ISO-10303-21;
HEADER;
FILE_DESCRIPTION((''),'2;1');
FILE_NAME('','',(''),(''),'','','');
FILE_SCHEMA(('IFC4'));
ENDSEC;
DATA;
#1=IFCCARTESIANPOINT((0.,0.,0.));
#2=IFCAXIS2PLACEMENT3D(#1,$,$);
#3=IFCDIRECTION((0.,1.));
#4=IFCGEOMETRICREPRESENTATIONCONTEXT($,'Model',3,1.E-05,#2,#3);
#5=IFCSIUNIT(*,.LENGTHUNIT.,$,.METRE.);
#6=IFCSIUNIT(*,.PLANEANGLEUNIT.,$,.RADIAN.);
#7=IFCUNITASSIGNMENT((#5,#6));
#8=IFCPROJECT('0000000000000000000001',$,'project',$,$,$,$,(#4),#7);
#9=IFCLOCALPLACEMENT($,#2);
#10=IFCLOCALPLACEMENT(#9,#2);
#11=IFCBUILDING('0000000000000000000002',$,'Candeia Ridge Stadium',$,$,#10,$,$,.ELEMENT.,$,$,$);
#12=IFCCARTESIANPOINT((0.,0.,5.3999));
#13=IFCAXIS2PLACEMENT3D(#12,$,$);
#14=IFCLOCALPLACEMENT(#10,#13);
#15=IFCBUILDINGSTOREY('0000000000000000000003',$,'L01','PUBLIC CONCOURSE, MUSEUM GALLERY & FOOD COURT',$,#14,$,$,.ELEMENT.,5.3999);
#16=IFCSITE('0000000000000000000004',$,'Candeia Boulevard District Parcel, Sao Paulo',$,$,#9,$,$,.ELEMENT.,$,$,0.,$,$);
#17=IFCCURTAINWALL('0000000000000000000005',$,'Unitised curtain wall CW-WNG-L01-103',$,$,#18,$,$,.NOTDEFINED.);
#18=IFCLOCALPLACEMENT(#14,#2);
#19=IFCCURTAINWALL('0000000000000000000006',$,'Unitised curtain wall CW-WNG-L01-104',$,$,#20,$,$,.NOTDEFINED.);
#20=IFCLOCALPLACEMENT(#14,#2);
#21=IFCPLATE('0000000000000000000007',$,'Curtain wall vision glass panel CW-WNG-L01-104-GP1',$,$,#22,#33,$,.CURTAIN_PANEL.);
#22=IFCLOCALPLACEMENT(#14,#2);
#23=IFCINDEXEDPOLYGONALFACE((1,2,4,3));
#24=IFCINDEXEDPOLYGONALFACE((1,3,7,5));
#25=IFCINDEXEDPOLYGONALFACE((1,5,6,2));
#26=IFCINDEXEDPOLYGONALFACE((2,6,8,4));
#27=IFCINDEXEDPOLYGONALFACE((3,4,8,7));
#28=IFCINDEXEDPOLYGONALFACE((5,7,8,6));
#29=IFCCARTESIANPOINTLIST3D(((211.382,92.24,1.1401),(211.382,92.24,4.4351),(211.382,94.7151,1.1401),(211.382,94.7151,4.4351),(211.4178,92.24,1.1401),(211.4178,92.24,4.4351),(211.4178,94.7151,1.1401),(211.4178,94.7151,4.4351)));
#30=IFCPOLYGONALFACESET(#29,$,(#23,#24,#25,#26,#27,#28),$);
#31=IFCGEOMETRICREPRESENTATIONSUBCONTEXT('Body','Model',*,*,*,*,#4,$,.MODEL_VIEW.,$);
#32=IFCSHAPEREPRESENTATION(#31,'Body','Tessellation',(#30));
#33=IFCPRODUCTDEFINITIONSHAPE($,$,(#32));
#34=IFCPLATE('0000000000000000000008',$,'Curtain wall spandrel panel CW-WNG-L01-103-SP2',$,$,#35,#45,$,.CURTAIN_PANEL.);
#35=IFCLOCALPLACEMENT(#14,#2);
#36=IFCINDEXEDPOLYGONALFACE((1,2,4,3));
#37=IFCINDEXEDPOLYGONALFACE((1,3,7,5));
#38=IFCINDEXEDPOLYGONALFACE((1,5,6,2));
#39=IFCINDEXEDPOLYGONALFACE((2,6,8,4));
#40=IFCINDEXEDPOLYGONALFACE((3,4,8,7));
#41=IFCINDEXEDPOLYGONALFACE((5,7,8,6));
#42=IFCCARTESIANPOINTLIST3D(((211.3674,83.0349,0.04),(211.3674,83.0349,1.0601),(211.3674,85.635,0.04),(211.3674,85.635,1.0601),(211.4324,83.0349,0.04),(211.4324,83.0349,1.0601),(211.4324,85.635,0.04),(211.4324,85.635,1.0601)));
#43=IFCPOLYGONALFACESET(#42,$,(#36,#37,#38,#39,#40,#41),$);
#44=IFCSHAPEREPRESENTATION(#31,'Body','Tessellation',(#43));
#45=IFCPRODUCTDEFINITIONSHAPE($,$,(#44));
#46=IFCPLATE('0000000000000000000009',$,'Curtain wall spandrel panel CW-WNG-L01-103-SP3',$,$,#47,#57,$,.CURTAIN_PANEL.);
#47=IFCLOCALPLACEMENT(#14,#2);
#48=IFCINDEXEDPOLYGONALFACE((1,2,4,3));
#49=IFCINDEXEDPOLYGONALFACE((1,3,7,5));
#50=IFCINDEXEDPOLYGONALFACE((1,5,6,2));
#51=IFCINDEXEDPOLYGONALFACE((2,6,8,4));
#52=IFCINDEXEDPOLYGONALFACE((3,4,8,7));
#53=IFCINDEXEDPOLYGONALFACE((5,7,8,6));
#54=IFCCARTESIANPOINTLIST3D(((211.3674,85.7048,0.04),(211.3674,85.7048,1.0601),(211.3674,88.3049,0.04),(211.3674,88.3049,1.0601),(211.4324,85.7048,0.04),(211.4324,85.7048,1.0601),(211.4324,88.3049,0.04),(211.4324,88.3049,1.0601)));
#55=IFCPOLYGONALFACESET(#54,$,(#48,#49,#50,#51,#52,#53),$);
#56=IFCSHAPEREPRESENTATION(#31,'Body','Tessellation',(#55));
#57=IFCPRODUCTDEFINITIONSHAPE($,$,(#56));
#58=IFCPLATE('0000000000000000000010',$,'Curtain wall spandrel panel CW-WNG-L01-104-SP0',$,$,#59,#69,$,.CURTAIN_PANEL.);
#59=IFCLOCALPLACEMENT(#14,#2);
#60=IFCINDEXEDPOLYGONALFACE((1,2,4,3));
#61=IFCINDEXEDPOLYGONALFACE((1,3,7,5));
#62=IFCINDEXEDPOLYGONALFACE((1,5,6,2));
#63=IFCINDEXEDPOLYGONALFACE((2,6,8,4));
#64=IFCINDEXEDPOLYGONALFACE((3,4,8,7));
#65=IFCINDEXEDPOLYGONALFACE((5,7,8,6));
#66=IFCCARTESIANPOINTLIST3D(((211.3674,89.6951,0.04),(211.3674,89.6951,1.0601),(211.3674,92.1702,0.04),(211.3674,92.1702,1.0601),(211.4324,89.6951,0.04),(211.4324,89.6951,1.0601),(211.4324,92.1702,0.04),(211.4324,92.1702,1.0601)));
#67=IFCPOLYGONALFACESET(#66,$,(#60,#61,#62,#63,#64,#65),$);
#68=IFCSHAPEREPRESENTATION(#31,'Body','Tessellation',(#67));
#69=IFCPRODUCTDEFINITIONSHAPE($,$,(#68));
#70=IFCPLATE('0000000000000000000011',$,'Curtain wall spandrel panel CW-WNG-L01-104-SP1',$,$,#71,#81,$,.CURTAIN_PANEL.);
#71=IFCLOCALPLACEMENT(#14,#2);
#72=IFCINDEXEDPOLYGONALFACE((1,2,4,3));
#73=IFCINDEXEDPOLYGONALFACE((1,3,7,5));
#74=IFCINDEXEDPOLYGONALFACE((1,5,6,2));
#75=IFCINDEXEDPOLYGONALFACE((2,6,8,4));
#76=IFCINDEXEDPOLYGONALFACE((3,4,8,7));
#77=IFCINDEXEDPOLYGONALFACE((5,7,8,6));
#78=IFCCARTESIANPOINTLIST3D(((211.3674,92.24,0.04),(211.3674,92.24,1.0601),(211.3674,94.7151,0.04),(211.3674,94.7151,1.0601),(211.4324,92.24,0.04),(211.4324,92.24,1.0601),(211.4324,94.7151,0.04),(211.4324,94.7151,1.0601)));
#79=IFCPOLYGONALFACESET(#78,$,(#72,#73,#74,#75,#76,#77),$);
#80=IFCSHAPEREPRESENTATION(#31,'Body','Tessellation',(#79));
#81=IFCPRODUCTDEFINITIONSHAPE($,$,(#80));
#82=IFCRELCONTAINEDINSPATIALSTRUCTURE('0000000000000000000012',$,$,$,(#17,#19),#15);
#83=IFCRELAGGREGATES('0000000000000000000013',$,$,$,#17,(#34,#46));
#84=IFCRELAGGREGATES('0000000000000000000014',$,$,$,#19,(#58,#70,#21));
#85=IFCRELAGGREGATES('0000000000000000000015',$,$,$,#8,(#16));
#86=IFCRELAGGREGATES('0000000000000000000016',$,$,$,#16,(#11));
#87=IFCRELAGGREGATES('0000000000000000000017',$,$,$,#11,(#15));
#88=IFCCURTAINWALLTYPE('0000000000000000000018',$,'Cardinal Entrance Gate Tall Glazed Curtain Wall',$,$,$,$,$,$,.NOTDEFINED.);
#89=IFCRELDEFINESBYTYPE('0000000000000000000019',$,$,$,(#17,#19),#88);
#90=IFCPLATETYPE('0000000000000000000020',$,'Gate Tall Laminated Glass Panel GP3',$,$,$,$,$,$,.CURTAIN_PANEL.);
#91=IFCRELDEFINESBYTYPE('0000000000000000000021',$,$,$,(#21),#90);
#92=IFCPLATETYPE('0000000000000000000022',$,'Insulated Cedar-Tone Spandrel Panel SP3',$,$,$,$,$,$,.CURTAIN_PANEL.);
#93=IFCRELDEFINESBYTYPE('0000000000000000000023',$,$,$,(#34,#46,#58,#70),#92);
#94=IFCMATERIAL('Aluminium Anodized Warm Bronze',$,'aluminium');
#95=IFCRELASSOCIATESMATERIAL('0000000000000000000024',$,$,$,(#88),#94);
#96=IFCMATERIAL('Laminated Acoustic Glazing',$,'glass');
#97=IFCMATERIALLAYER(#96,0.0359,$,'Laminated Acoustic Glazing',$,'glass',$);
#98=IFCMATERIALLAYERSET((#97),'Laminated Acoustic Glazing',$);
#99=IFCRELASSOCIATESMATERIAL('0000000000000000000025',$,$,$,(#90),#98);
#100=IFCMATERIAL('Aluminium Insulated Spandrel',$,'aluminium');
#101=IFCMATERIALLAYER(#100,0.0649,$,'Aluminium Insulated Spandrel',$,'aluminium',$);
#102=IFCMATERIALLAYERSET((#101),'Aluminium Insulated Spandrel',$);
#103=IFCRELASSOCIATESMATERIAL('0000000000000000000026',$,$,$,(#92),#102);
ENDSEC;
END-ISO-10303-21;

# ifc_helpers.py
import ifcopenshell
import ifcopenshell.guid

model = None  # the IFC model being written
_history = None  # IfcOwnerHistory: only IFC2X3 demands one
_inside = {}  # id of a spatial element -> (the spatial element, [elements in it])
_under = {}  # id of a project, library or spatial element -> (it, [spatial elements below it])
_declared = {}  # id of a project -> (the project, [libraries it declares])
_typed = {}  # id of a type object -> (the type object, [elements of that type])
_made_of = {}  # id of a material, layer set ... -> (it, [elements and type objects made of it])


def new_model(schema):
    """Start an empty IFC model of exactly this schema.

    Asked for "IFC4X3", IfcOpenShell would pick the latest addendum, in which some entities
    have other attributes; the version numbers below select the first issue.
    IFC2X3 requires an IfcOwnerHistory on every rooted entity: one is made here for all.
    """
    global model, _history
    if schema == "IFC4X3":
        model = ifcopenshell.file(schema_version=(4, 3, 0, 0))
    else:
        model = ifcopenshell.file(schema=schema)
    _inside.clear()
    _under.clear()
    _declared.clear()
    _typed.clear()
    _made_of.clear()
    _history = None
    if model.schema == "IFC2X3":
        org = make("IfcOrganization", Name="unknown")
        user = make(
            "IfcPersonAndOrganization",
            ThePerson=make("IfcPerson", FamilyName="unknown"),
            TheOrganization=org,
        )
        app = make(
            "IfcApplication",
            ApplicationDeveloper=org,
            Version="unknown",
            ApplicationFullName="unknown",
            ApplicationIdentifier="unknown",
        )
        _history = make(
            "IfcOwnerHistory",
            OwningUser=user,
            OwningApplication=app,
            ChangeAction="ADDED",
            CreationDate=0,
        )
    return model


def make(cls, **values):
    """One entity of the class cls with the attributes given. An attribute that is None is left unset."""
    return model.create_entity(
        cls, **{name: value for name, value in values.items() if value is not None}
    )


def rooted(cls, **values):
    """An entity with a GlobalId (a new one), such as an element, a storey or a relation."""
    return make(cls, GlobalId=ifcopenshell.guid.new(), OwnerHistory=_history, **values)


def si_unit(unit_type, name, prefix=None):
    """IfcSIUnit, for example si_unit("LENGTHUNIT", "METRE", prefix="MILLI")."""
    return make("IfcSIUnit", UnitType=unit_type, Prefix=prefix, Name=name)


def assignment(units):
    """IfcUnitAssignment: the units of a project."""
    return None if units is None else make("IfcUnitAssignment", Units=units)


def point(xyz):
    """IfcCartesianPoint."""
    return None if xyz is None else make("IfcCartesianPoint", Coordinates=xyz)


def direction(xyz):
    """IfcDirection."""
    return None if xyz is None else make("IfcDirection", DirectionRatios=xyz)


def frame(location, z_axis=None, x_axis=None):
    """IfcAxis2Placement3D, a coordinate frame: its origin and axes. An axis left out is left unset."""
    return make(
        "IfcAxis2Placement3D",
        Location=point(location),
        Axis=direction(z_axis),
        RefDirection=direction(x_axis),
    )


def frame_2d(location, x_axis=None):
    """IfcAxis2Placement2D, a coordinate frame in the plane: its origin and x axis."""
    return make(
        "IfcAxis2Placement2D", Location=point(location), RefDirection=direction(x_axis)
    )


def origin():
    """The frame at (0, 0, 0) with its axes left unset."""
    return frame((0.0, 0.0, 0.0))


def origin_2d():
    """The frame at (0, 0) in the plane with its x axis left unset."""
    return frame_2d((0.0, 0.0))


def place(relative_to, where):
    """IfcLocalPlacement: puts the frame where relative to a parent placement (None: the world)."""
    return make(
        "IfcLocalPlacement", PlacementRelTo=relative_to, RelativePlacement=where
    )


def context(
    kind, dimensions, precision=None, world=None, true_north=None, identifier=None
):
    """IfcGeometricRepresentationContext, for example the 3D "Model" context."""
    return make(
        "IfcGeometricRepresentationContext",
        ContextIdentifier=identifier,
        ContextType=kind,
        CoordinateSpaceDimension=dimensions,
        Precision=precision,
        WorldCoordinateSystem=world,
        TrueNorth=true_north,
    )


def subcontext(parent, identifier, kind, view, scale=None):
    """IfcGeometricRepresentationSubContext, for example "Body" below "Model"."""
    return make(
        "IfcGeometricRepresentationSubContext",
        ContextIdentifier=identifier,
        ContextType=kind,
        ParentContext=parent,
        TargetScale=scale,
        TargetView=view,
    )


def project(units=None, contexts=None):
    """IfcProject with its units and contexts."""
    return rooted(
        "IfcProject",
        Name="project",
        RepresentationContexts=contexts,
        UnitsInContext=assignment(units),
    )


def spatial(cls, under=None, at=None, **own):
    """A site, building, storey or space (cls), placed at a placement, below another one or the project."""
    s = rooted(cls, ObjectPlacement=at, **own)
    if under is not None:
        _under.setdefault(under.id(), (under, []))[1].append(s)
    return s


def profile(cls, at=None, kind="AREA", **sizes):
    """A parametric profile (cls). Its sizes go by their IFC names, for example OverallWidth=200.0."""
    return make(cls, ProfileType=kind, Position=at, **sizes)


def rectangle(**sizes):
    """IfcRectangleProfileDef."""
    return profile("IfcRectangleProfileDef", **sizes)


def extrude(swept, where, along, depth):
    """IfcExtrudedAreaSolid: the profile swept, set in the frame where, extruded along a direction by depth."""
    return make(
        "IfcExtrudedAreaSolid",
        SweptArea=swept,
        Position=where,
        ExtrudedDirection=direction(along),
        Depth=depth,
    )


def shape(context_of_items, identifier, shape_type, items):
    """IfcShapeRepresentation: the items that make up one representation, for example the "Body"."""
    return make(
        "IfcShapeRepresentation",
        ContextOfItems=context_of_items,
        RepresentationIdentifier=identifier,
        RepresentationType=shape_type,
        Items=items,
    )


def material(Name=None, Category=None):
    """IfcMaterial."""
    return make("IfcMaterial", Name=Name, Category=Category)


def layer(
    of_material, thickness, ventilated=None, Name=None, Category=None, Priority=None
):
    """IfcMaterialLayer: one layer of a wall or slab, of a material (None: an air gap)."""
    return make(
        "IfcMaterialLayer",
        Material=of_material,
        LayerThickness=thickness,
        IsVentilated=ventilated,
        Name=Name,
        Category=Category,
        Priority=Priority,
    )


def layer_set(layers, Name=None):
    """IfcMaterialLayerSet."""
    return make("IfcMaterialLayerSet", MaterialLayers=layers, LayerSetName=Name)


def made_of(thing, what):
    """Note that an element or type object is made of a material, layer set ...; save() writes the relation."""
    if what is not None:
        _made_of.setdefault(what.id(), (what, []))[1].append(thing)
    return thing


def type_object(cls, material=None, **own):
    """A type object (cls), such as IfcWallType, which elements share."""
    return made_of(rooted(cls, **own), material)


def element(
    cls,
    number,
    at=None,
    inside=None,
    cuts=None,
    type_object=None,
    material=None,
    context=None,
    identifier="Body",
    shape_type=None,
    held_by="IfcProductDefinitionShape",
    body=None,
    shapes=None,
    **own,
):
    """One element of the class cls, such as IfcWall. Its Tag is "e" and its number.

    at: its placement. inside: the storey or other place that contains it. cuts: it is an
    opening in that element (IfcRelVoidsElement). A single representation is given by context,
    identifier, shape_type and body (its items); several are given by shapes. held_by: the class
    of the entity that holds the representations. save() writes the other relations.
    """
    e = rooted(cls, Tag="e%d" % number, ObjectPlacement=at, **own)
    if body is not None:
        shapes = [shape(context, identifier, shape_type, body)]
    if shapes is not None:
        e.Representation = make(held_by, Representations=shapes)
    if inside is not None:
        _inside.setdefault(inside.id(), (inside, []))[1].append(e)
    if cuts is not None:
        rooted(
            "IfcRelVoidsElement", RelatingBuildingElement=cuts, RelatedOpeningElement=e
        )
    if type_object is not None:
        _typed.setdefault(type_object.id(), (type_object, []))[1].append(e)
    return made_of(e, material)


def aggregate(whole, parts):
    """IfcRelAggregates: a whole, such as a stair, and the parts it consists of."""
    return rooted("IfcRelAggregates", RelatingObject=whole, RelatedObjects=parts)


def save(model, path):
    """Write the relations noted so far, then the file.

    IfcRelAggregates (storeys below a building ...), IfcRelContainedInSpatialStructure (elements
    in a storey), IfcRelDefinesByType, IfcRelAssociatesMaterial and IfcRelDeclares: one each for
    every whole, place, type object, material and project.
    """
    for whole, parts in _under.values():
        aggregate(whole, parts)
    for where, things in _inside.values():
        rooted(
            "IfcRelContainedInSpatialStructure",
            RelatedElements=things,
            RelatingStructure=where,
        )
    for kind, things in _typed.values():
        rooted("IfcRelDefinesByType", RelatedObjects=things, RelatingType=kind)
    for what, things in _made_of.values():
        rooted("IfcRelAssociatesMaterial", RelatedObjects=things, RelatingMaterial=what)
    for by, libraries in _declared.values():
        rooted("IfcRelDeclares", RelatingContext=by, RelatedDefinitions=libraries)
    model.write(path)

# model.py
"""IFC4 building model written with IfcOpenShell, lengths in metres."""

from ifc_helpers import new_model, si_unit, direction, frame, origin, origin_2d, place, context, subcontext, project, spatial, rectangle, extrude, material, layer, layer_set, type_object, element, aggregate, save


model = new_model("IFC4")

# Units and contexts
model_context = context("Model", 3, precision=1e-05, world=origin(), true_north=direction((0.0, 1.0)))
body_context = subcontext(model_context, "Body", "Model", "MODEL_VIEW")
ifc_project = project(units=[si_unit("LENGTHUNIT", "METRE"), si_unit("PLANEANGLEUNIT", "RADIAN")], contexts=[model_context])

# Site, building, storey
site_placement = place(None, origin())
site = spatial("IfcSite", under=ifc_project, at=site_placement, Name="Candeia Boulevard District Parcel, Sao Paulo", CompositionType="ELEMENT", RefElevation=0.0)
building_placement = place(site_placement, origin())
building = spatial("IfcBuilding", under=site, at=building_placement, Name="Candeia Ridge Stadium", CompositionType="ELEMENT")
storey_placement = place(building_placement, frame((0.0, 0.0, 5.3999)))
storey = spatial("IfcBuildingStorey", under=building, at=storey_placement, Name="L01", Description="PUBLIC CONCOURSE, MUSEUM GALLERY & FOOD COURT", CompositionType="ELEMENT", Elevation=5.3999)

# Curtain walls
ifc_material_1 = material(Name="Aluminium Anodized Warm Bronze", Category="aluminium")
curtain_wall_type = type_object("IfcCurtainWallType", Name="Cardinal Entrance Gate Tall Glazed Curtain Wall", PredefinedType="NOTDEFINED", material=ifc_material_1)
curtain_wall_1_placement = place(storey_placement, origin())
curtain_wall_1 = element("IfcCurtainWall", 1, at=curtain_wall_1_placement, inside=storey, type_object=curtain_wall_type, Name="Unitised curtain wall CW-WNG-L01-103", PredefinedType="NOTDEFINED")
curtain_wall_2_placement = place(storey_placement, origin())
curtain_wall_2 = element("IfcCurtainWall", 2, at=curtain_wall_2_placement, inside=storey, type_object=curtain_wall_type, Name="Unitised curtain wall CW-WNG-L01-104", PredefinedType="NOTDEFINED")

# Plates
ifc_material_2 = material(Name="Laminated Acoustic Glazing", Category="glass")
ifc_layer_1 = layer(ifc_material_2, 0.0359, Name="Laminated Acoustic Glazing", Category="glass")
ifc_layer_set_1 = layer_set([ifc_layer_1], Name="Laminated Acoustic Glazing")
plate_type_1 = type_object("IfcPlateType", Name="Gate Tall Laminated Glass Panel GP3", PredefinedType="CURTAIN_PANEL", material=ifc_layer_set_1)
plate_1_placement = place(storey_placement, frame((211.3999, 93.4775, 1.1401), z_axis=(0.0, 0.0, 1.0), x_axis=(0.0, 1.0, 0.0)))
plate_1 = element("IfcPlate", 3, at=plate_1_placement, type_object=plate_type_1, Name="Curtain wall vision glass panel CW-WNG-L01-104-GP1", PredefinedType="CURTAIN_PANEL", context=body_context, shape_type="SweptSolid", body=[
    extrude(rectangle(XDim=2.4751, YDim=0.0359, at=origin_2d()), origin(), (0.0, 0.0, 1.0), 3.2949),
])
ifc_material_3 = material(Name="Aluminium Insulated Spandrel", Category="aluminium")
ifc_layer_2 = layer(ifc_material_3, 0.0649, Name="Aluminium Insulated Spandrel", Category="aluminium")
ifc_layer_set_2 = layer_set([ifc_layer_2], Name="Aluminium Insulated Spandrel")
plate_type_2 = type_object("IfcPlateType", Name="Insulated Cedar-Tone Spandrel Panel SP3", PredefinedType="CURTAIN_PANEL", material=ifc_layer_set_2)
plate_2_placement = place(storey_placement, frame((211.3999, 84.335, 0.04), z_axis=(0.0, 0.0, 1.0), x_axis=(0.0, 1.0, 0.0)))
plate_2 = element("IfcPlate", 4, at=plate_2_placement, type_object=plate_type_2, Name="Curtain wall spandrel panel CW-WNG-L01-103-SP2", PredefinedType="CURTAIN_PANEL", context=body_context, shape_type="SweptSolid", body=[
    extrude(rectangle(XDim=2.6001, YDim=0.0649, at=origin_2d()), origin(), (0.0, 0.0, 1.0), 1.02),
])
plate_3_placement = place(storey_placement, frame((211.3999, 87.0049, 0.04), z_axis=(0.0, 0.0, 1.0), x_axis=(0.0, 1.0, 0.0)))
plate_3 = element("IfcPlate", 5, at=plate_3_placement, type_object=plate_type_2, Name="Curtain wall spandrel panel CW-WNG-L01-103-SP3", PredefinedType="CURTAIN_PANEL", context=body_context, shape_type="SweptSolid", body=[
    extrude(rectangle(XDim=2.6001, YDim=0.0649, at=origin_2d()), origin(), (0.0, 0.0, 1.0), 1.02),
])
aggregate(curtain_wall_1, [plate_2, plate_3])
plate_4_placement = place(storey_placement, frame((211.3999, 90.9326, 0.04), z_axis=(0.0, 0.0, 1.0), x_axis=(0.0, 1.0, 0.0)))
plate_4 = element("IfcPlate", 6, at=plate_4_placement, type_object=plate_type_2, Name="Curtain wall spandrel panel CW-WNG-L01-104-SP0", PredefinedType="CURTAIN_PANEL", context=body_context, shape_type="SweptSolid", body=[
    extrude(rectangle(XDim=2.4751, YDim=0.0649, at=origin_2d()), origin(), (0.0, 0.0, 1.0), 1.02),
])
plate_5_placement = place(storey_placement, frame((211.3999, 93.4775, 0.04), z_axis=(0.0, 0.0, 1.0), x_axis=(0.0, 1.0, 0.0)))
plate_5 = element("IfcPlate", 7, at=plate_5_placement, type_object=plate_type_2, Name="Curtain wall spandrel panel CW-WNG-L01-104-SP1", PredefinedType="CURTAIN_PANEL", context=body_context, shape_type="SweptSolid", body=[
    extrude(rectangle(XDim=2.4751, YDim=0.0649, at=origin_2d()), origin(), (0.0, 0.0, 1.0), 1.02),
])
aggregate(curtain_wall_2, [plate_4, plate_5, plate_1])

save(model, "model.ifc")
